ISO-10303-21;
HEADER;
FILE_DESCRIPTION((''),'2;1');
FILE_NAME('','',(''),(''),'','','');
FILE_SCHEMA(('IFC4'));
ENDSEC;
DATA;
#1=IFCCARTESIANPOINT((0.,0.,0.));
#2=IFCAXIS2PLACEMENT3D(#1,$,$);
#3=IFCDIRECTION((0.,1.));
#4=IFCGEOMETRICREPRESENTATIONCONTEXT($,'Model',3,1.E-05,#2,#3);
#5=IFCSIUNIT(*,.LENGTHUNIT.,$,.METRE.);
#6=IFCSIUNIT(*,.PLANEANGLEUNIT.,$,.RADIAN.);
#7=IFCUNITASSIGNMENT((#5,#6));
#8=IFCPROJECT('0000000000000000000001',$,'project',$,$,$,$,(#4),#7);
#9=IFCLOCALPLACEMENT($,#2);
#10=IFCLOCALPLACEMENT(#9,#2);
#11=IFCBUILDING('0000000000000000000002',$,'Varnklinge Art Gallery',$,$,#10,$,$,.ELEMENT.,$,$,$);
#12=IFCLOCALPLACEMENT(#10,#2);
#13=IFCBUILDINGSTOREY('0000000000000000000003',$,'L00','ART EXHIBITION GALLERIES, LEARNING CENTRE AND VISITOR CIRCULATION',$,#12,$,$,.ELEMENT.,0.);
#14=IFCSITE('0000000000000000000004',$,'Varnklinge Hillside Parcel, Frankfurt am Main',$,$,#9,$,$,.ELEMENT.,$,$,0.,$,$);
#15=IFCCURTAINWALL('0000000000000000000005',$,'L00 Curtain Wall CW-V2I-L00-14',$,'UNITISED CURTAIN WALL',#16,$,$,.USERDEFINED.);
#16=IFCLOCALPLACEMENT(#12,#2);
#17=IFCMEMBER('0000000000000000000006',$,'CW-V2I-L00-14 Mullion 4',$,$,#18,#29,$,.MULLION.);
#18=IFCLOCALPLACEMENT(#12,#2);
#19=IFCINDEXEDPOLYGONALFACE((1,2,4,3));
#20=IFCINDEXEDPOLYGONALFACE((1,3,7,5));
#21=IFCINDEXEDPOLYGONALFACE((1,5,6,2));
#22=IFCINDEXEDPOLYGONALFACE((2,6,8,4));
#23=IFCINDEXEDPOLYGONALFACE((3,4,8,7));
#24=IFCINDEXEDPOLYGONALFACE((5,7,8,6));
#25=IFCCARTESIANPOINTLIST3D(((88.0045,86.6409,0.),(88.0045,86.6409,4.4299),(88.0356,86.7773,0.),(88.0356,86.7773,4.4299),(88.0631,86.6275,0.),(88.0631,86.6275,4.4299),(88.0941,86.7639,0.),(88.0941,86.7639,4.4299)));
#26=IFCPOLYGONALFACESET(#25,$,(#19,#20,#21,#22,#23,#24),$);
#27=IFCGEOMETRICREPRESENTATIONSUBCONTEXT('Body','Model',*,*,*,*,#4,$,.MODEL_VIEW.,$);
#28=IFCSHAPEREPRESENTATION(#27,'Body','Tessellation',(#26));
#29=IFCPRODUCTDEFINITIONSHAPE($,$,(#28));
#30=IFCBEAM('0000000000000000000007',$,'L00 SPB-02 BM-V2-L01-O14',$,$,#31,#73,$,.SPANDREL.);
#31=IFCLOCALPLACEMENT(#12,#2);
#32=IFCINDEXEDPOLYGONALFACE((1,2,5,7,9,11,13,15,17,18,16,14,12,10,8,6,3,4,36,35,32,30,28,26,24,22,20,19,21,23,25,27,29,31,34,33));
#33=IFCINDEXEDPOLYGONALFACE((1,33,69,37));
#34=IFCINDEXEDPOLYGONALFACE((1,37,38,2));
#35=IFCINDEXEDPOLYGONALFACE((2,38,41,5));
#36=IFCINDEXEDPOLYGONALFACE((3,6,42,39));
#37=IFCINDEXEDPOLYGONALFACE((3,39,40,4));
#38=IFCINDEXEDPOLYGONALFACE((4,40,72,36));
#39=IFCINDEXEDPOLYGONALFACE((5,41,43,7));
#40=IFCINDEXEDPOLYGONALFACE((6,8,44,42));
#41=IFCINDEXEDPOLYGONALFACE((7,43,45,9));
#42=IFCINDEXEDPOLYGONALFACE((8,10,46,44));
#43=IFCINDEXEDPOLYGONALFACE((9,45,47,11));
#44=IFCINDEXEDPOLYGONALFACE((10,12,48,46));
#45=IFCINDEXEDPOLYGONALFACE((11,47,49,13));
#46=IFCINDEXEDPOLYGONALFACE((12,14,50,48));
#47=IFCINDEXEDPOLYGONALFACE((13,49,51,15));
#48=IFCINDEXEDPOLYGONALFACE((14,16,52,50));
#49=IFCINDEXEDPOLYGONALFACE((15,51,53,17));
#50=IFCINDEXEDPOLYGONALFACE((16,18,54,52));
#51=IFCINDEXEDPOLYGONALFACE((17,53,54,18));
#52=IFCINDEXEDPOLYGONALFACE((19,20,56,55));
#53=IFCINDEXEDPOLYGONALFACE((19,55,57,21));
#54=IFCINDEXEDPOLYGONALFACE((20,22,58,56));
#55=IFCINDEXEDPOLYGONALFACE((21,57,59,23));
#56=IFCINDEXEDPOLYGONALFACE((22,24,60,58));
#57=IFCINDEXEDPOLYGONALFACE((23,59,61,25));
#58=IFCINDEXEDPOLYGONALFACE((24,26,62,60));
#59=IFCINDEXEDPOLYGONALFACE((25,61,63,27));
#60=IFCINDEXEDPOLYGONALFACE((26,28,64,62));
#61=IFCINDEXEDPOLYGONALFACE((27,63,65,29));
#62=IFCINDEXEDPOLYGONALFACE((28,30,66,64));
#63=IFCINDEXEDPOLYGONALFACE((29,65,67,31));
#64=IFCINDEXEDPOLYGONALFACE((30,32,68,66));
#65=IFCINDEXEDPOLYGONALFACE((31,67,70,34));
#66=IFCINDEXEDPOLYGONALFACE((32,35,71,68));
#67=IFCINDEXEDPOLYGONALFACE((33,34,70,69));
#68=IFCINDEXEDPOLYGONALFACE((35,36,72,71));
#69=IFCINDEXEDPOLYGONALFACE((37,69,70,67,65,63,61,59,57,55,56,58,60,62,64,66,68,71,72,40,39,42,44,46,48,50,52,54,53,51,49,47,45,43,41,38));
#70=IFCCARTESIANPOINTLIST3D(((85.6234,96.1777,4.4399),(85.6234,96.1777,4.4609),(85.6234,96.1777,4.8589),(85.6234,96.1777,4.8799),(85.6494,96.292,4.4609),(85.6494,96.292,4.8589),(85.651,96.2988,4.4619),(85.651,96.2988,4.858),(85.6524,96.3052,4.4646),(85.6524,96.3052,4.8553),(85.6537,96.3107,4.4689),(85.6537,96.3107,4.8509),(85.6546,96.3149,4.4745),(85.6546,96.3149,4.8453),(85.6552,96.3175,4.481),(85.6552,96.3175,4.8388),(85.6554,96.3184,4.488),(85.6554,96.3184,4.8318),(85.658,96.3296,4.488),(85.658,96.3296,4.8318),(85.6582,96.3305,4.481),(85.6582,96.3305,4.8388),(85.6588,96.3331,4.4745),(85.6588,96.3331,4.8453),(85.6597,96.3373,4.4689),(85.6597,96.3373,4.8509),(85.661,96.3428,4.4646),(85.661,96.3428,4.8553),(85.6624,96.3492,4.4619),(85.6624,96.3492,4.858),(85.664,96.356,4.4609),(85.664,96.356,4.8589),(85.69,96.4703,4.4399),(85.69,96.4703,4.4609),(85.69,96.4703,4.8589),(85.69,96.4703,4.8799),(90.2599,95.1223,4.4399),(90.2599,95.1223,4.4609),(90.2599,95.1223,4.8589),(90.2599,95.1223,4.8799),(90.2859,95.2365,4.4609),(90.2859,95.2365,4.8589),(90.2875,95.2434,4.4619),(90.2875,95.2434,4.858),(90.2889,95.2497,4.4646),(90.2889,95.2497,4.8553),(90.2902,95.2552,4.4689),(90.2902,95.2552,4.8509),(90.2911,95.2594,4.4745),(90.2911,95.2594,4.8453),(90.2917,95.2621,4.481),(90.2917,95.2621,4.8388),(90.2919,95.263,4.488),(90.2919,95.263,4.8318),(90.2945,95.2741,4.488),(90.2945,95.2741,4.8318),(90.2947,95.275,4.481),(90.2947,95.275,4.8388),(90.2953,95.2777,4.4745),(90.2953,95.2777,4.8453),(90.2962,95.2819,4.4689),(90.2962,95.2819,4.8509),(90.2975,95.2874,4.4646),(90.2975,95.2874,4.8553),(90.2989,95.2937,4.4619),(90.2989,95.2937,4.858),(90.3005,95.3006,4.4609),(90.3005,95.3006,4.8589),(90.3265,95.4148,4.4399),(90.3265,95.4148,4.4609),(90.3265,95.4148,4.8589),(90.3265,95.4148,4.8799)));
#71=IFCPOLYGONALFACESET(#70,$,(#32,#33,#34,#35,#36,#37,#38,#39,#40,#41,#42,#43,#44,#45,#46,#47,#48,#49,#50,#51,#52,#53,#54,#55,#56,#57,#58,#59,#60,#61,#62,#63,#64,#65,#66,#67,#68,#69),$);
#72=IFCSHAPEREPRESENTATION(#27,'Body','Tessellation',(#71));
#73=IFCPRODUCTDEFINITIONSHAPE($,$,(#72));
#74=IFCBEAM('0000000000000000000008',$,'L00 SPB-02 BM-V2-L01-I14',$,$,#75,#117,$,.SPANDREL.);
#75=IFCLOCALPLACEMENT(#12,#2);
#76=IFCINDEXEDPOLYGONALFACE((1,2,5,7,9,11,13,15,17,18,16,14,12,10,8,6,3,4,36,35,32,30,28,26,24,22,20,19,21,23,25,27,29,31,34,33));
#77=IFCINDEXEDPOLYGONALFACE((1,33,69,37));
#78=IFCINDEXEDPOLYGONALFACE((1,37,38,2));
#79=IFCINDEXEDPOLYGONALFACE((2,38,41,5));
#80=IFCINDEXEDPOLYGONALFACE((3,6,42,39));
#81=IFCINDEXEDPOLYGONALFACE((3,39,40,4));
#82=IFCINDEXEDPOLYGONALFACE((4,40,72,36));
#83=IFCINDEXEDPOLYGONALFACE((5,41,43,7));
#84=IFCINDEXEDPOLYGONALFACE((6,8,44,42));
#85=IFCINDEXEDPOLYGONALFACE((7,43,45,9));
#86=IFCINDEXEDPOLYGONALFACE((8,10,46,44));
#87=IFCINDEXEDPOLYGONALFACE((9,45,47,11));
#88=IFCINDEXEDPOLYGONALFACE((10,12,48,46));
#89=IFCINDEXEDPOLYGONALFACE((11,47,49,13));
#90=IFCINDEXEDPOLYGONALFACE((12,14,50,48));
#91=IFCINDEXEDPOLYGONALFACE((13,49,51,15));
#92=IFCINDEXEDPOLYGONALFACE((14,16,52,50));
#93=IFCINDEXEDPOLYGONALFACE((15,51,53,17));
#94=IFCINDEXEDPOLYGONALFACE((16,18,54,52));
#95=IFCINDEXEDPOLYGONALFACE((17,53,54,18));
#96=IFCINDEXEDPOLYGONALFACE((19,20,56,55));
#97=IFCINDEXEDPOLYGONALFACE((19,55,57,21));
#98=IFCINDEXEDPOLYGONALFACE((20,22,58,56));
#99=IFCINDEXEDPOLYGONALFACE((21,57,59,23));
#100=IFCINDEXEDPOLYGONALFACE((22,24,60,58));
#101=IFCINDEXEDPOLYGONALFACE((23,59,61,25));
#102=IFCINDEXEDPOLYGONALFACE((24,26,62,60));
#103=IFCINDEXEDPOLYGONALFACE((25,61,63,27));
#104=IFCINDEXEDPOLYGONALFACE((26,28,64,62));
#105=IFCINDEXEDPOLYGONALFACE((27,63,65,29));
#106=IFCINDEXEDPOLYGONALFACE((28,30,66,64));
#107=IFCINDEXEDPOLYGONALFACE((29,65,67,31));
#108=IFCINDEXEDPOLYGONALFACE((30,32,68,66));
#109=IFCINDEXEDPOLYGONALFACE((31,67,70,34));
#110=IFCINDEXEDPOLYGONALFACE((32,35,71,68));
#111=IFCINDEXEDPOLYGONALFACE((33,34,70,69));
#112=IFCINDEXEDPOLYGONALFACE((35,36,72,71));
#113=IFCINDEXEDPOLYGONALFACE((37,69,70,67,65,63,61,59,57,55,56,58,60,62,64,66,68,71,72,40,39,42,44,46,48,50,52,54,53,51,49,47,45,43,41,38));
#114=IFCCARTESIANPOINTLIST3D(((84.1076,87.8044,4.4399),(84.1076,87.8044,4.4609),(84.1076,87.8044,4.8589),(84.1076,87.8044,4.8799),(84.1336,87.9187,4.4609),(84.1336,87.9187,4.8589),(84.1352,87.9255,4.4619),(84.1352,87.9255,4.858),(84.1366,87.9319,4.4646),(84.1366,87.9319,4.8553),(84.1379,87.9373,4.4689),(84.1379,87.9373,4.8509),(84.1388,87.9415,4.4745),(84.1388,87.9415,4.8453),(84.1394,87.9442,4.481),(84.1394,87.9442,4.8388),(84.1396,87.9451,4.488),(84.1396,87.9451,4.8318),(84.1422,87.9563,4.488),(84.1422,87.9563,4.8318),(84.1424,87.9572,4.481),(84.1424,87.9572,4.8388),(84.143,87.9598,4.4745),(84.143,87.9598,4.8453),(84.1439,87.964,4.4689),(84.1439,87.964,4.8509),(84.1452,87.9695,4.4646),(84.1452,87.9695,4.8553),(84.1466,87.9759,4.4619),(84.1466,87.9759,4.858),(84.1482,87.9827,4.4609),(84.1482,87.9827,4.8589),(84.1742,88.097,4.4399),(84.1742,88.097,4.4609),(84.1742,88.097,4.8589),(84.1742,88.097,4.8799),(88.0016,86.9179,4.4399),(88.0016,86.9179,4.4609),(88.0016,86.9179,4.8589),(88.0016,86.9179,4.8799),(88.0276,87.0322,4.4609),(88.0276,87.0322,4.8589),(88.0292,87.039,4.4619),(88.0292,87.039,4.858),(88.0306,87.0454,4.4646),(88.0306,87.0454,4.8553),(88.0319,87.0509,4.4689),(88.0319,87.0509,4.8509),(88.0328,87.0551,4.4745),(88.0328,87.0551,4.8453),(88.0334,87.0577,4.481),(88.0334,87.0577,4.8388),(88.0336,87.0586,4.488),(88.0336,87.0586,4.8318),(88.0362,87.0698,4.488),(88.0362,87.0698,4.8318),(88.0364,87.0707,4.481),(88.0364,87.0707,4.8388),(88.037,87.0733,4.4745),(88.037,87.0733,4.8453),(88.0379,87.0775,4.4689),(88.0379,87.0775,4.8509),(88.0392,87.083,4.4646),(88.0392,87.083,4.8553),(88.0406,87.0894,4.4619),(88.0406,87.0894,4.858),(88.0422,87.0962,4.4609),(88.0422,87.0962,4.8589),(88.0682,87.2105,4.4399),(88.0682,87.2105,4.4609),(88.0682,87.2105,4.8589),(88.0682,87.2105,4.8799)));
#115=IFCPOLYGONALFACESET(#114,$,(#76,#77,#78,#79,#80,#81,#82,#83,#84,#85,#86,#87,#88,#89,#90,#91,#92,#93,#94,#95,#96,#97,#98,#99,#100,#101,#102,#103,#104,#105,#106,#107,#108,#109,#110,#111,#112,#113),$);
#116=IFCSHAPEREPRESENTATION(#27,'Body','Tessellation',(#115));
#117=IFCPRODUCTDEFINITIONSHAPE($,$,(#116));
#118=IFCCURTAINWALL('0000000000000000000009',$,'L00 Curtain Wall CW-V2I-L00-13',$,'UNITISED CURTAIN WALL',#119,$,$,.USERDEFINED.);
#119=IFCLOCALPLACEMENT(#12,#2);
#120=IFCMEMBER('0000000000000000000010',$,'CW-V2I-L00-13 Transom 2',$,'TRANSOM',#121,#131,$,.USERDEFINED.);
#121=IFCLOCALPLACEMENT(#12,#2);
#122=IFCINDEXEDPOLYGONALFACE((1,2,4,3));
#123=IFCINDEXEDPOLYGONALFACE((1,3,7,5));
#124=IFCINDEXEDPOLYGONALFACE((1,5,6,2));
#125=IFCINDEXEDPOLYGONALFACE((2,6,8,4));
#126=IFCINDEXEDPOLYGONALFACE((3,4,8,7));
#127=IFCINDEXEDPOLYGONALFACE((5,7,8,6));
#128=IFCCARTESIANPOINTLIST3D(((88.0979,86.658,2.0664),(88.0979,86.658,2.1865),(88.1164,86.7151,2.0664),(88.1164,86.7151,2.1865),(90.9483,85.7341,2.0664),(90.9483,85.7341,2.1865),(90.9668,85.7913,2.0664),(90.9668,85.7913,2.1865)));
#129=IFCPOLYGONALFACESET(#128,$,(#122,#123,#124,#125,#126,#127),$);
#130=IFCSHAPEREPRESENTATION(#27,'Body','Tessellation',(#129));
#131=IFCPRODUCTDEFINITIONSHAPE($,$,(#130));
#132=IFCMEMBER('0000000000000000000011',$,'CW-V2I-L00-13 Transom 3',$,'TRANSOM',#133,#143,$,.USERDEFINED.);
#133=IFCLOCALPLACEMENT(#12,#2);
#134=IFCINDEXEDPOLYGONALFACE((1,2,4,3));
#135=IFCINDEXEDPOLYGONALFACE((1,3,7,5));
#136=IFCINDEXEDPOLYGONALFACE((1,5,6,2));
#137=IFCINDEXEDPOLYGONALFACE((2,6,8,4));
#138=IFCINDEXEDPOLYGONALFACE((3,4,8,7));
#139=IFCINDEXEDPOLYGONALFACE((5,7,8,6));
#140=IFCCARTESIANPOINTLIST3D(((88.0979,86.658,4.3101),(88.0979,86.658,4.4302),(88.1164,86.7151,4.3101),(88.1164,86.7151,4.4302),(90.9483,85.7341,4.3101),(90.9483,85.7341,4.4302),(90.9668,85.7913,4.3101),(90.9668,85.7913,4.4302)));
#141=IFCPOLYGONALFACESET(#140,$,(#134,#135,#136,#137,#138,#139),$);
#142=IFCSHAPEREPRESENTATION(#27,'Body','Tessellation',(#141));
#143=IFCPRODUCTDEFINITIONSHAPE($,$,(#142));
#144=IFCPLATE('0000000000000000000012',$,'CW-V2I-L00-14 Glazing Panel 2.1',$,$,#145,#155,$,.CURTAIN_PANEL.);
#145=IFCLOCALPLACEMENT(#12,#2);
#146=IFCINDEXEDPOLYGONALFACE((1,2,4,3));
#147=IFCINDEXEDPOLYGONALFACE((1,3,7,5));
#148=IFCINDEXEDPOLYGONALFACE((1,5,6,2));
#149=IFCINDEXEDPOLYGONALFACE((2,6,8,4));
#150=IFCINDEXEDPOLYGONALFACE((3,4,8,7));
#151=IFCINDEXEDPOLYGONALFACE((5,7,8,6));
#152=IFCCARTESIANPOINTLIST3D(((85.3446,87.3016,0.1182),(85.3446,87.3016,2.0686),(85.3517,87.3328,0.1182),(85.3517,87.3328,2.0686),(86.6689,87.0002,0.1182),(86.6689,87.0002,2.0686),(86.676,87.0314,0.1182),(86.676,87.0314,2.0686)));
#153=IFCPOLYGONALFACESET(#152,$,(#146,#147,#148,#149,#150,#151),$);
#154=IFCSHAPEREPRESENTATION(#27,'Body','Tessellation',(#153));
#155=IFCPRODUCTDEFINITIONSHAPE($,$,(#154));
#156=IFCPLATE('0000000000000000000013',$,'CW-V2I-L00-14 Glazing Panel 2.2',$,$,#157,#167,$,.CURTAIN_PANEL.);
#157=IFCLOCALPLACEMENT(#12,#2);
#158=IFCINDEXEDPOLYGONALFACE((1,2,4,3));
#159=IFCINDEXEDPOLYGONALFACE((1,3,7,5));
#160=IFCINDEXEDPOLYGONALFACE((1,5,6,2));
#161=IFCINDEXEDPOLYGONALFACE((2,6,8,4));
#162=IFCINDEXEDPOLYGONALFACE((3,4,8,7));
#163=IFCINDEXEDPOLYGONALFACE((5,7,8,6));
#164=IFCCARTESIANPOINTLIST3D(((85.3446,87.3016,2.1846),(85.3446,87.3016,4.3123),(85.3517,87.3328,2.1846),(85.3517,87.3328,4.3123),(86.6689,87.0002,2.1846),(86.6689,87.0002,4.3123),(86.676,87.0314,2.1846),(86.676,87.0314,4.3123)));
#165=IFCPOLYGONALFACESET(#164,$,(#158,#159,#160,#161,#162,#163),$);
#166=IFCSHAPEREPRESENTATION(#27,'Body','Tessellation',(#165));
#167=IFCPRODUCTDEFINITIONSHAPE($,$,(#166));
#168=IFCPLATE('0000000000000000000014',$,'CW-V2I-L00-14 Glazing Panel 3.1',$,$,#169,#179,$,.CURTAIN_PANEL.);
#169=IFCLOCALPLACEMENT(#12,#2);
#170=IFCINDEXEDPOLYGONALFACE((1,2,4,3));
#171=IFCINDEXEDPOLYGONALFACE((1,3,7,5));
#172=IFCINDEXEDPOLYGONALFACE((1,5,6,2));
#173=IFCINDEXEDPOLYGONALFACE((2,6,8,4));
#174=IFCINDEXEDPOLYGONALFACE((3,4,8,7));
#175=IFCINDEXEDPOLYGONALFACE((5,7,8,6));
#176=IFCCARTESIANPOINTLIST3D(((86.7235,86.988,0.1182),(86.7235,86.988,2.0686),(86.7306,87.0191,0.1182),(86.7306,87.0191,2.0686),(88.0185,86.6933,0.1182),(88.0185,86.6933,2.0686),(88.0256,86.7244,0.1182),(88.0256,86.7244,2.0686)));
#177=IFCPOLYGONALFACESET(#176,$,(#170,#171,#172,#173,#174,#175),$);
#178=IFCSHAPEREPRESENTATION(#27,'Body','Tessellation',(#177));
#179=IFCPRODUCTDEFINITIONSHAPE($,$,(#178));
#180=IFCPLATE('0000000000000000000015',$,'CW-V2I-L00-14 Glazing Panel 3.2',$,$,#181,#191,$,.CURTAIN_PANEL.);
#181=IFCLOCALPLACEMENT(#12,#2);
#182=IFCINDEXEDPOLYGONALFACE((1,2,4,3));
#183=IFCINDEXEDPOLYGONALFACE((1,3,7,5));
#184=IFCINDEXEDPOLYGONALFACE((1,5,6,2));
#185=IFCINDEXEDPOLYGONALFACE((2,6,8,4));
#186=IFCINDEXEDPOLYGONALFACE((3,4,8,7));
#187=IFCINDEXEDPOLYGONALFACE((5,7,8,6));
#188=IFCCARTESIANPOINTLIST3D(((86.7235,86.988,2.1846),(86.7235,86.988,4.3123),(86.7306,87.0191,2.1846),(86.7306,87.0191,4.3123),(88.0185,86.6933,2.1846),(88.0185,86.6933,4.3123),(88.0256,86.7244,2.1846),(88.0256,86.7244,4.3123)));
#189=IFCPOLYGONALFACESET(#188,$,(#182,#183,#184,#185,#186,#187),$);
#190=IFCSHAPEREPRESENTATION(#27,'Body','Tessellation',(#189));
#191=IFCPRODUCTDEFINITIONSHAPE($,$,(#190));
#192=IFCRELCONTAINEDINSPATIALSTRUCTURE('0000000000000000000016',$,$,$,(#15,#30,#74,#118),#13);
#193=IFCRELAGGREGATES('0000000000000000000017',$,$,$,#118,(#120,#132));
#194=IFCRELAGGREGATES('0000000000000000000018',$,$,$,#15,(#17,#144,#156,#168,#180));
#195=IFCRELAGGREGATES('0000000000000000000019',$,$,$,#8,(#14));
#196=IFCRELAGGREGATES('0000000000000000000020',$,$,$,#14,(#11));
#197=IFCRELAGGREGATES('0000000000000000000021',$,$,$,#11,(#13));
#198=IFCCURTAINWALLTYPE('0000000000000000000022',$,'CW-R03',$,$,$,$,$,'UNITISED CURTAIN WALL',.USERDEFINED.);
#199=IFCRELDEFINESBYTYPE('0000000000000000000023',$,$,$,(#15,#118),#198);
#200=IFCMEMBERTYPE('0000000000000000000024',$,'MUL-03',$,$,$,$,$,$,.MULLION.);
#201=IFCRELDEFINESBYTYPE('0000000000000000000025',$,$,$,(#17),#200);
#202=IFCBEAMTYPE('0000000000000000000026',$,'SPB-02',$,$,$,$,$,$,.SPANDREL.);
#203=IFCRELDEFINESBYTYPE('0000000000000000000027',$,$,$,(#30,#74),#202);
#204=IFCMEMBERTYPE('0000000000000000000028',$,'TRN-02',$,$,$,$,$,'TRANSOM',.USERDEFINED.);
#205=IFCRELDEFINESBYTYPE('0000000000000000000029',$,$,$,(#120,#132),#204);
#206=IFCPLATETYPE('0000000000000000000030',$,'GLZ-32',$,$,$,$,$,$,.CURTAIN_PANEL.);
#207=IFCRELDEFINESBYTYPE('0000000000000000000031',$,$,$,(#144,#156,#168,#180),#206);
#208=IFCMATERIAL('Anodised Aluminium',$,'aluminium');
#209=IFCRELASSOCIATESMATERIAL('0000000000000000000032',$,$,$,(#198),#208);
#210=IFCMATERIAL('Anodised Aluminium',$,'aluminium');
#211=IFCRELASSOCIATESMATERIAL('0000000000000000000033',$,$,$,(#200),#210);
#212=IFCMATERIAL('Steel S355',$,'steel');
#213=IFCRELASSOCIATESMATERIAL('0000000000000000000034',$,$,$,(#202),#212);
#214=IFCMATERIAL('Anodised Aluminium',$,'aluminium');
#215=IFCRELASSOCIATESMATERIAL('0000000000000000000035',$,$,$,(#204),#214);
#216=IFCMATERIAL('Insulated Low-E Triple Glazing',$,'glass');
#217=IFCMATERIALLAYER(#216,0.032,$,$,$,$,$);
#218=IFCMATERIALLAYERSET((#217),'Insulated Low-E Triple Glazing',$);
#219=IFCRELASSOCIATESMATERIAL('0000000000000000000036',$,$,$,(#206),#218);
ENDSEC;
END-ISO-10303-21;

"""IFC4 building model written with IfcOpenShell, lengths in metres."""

from ifc_helpers import new_model, si_unit, direction, frame, origin, origin_2d, place, context, subcontext, project, spatial, rectangle, i_section, extrude, material, layer, layer_set, material_profile, profile_set, type_object, element, aggregate, save


model = new_model("IFC4")

# Units and contexts
model_context = context("Model", 3, precision=1e-05, world=origin(), true_north=direction((0.0, 1.0)))
body_context = subcontext(model_context, "Body", "Model", "MODEL_VIEW")
ifc_project = project(units=[si_unit("LENGTHUNIT", "METRE"), si_unit("PLANEANGLEUNIT", "RADIAN")], contexts=[model_context])

# Site, building, storey
site_placement = place(None, origin())
site = spatial("IfcSite", under=ifc_project, at=site_placement, Name="Varnklinge Hillside Parcel, Frankfurt am Main", CompositionType="ELEMENT", RefElevation=0.0)
building_placement = place(site_placement, origin())
building = spatial("IfcBuilding", under=site, at=building_placement, Name="Varnklinge Art Gallery", CompositionType="ELEMENT")
storey_placement = place(building_placement, origin())
storey = spatial("IfcBuildingStorey", under=building, at=storey_placement, Name="L00", Description="ART EXHIBITION GALLERIES, LEARNING CENTRE AND VISITOR CIRCULATION", CompositionType="ELEMENT", Elevation=0.0)

# Curtain wall, member
ifc_material_1 = material(Name="Anodised Aluminium", Category="aluminium")
curtain_wall_type_1 = type_object("IfcCurtainWallType", Name="CW-R03", ElementType="UNITISED CURTAIN WALL", PredefinedType="USERDEFINED", material=ifc_material_1)
curtain_wall_1_placement = place(storey_placement, origin())
curtain_wall_1 = element("IfcCurtainWall", 1, at=curtain_wall_1_placement, inside=storey, type_object=curtain_wall_type_1, Name="L00 Curtain Wall CW-V2I-L00-14", ObjectType="UNITISED CURTAIN WALL", PredefinedType="USERDEFINED")
ifc_material_2 = material(Name="Anodised Aluminium", Category="aluminium")
ifc_material_profile_1 = material_profile(ifc_material_2, rectangle(XDim=0.0601, YDim=0.1399, at=origin_2d()), Name="ALU 60x140")
ifc_profile_set_1 = profile_set([ifc_material_profile_1], Name="Anodised Aluminium")
member_type_1 = type_object("IfcMemberType", Name="MUL-03", PredefinedType="MULLION", material=ifc_profile_set_1)
member_1_placement = place(storey_placement, frame((88.0493, 86.7024, 0.0), z_axis=(0.0, 0.0, 1.0), x_axis=(0.975072, -0.221889, 0.0)))
member_1 = element("IfcMember", 2, at=member_1_placement, type_object=member_type_1, Name="CW-V2I-L00-14 Mullion 4", PredefinedType="MULLION", context=body_context, shape_type="SweptSolid", body=[
    extrude(rectangle(XDim=0.0601, YDim=0.1399, at=origin_2d()), origin(), (0.0, 0.0, 1.0), 4.4299),
])

# Beams
ifc_material_3 = material(Name="Steel S355", Category="steel")
ifc_material_profile_2 = material_profile(ifc_material_3, i_section(OverallWidth=0.3, OverallDepth=0.4399, WebThickness=0.0115, FlangeThickness=0.021, FilletRadius=0.0271, at=origin_2d()), Name="HEA 450")
ifc_profile_set_2 = profile_set([ifc_material_profile_2], Name="Steel S355")
beam_type_1 = type_object("IfcBeamType", Name="SPB-02", PredefinedType="SPANDREL", material=ifc_profile_set_2)
beam_1_placement = place(storey_placement, frame((90.2932, 95.2686, 4.6599), z_axis=(-0.975057, 0.221956, 0.0), x_axis=(-0.221956, -0.975057, 0.0)))
element("IfcBeam", 3, at=beam_1_placement, inside=storey, type_object=beam_type_1, Name="L00 SPB-02 BM-V2-L01-O14", PredefinedType="SPANDREL", context=body_context, shape_type="SweptSolid", body=[
    extrude(i_section(OverallWidth=0.3, OverallDepth=0.4399, WebThickness=0.0115, FlangeThickness=0.021, FilletRadius=0.0271, at=origin_2d()), origin(), (0.0, 0.0, 1.0), 4.7551),
])
beam_2_placement = place(storey_placement, frame((88.0349, 87.0642, 4.6599), z_axis=(-0.975054, 0.22197, 0.0), x_axis=(-0.22197, -0.975054, 0.0)))
element("IfcBeam", 4, at=beam_2_placement, inside=storey, type_object=beam_type_1, Name="L00 SPB-02 BM-V2-L01-I14", PredefinedType="SPANDREL", context=body_context, shape_type="SweptSolid", body=[
    extrude(i_section(OverallWidth=0.3, OverallDepth=0.4399, WebThickness=0.0115, FlangeThickness=0.021, FilletRadius=0.0271, at=origin_2d()), origin(), (0.0, 0.0, 1.0), 3.9937),
])

# Curtain wall, members
curtain_wall_2_placement = place(storey_placement, origin())
curtain_wall_2 = element("IfcCurtainWall", 5, at=curtain_wall_2_placement, inside=storey, type_object=curtain_wall_type_1, Name="L00 Curtain Wall CW-V2I-L00-13", ObjectType="UNITISED CURTAIN WALL", PredefinedType="USERDEFINED")
ifc_material_4 = material(Name="Anodised Aluminium", Category="aluminium")
ifc_material_profile_3 = material_profile(ifc_material_4, rectangle(XDim=0.0601, YDim=0.1201, at=origin_2d()), Name="ALU 60x120")
ifc_profile_set_3 = profile_set([ifc_material_profile_3], Name="Anodised Aluminium")
member_type_2 = type_object("IfcMemberType", Name="TRN-02", ElementType="TRANSOM", PredefinedType="USERDEFINED", material=ifc_profile_set_3)
member_2_placement = place(storey_placement, frame((88.1072, 86.6865, 2.1265), z_axis=(0.951282, -0.308321, 0.0), x_axis=(0.308321, 0.951282, 0.0)))
member_2 = element("IfcMember", 6, at=member_2_placement, type_object=member_type_2, Name="CW-V2I-L00-13 Transom 2", ObjectType="TRANSOM", PredefinedType="USERDEFINED", context=body_context, shape_type="SweptSolid", body=[
    extrude(rectangle(XDim=0.0601, YDim=0.1201, at=origin_2d()), origin(), (0.0, 0.0, 1.0), 2.9963),
])
member_3_placement = place(storey_placement, frame((88.1072, 86.6865, 4.3701), z_axis=(0.951282, -0.308321, 0.0), x_axis=(0.308321, 0.951282, 0.0)))
member_3 = element("IfcMember", 7, at=member_3_placement, type_object=member_type_2, Name="CW-V2I-L00-13 Transom 3", ObjectType="TRANSOM", PredefinedType="USERDEFINED", context=body_context, shape_type="SweptSolid", body=[
    extrude(rectangle(XDim=0.0601, YDim=0.1201, at=origin_2d()), origin(), (0.0, 0.0, 1.0), 2.9963),
])
aggregate(curtain_wall_2, [member_2, member_3])

# Plates
ifc_material_5 = material(Name="Insulated Low-E Triple Glazing", Category="glass")
ifc_layer_1 = layer(ifc_material_5, 0.032)
ifc_layer_set_1 = layer_set([ifc_layer_1], Name="Insulated Low-E Triple Glazing")
plate_type_1 = type_object("IfcPlateType", Name="GLZ-32", PredefinedType="CURTAIN_PANEL", material=ifc_layer_set_1)
plate_1_placement = place(storey_placement, frame((86.0103, 87.1665, 0.1182), z_axis=(0.0, 0.0, 1.0), x_axis=(0.975072, -0.221889, 0.0)))
plate_1 = element("IfcPlate", 8, at=plate_1_placement, type_object=plate_type_1, Name="CW-V2I-L00-14 Glazing Panel 2.1", PredefinedType="CURTAIN_PANEL", context=body_context, shape_type="SweptSolid", body=[
    extrude(rectangle(XDim=1.3582, YDim=0.032, at=origin_2d()), origin(), (0.0, 0.0, 1.0), 1.9504),
])
plate_2_placement = place(storey_placement, frame((86.0103, 87.1665, 2.1846), z_axis=(0.0, 0.0, 1.0), x_axis=(0.975072, -0.221889, 0.0)))
plate_2 = element("IfcPlate", 9, at=plate_2_placement, type_object=plate_type_1, Name="CW-V2I-L00-14 Glazing Panel 2.2", PredefinedType="CURTAIN_PANEL", context=body_context, shape_type="SweptSolid", body=[
    extrude(rectangle(XDim=1.3582, YDim=0.032, at=origin_2d()), origin(), (0.0, 0.0, 1.0), 2.1277),
])
plate_3_placement = place(storey_placement, frame((87.3745, 86.8562, 0.1182), z_axis=(0.0, 0.0, 1.0), x_axis=(0.975072, -0.221889, 0.0)))
plate_3 = element("IfcPlate", 10, at=plate_3_placement, type_object=plate_type_1, Name="CW-V2I-L00-14 Glazing Panel 3.1", PredefinedType="CURTAIN_PANEL", context=body_context, shape_type="SweptSolid", body=[
    extrude(rectangle(XDim=1.3281, YDim=0.032, at=origin_2d()), origin(), (0.0, 0.0, 1.0), 1.9504),
])
plate_4_placement = place(storey_placement, frame((87.3745, 86.8562, 2.1846), z_axis=(0.0, 0.0, 1.0), x_axis=(0.975072, -0.221889, 0.0)))
plate_4 = element("IfcPlate", 11, at=plate_4_placement, type_object=plate_type_1, Name="CW-V2I-L00-14 Glazing Panel 3.2", PredefinedType="CURTAIN_PANEL", context=body_context, shape_type="SweptSolid", body=[
    extrude(rectangle(XDim=1.3281, YDim=0.032, at=origin_2d()), origin(), (0.0, 0.0, 1.0), 2.1277),
])
aggregate(curtain_wall_1, [member_1, plate_1, plate_2, plate_3, plate_4])

save(model, "model.ifc")
